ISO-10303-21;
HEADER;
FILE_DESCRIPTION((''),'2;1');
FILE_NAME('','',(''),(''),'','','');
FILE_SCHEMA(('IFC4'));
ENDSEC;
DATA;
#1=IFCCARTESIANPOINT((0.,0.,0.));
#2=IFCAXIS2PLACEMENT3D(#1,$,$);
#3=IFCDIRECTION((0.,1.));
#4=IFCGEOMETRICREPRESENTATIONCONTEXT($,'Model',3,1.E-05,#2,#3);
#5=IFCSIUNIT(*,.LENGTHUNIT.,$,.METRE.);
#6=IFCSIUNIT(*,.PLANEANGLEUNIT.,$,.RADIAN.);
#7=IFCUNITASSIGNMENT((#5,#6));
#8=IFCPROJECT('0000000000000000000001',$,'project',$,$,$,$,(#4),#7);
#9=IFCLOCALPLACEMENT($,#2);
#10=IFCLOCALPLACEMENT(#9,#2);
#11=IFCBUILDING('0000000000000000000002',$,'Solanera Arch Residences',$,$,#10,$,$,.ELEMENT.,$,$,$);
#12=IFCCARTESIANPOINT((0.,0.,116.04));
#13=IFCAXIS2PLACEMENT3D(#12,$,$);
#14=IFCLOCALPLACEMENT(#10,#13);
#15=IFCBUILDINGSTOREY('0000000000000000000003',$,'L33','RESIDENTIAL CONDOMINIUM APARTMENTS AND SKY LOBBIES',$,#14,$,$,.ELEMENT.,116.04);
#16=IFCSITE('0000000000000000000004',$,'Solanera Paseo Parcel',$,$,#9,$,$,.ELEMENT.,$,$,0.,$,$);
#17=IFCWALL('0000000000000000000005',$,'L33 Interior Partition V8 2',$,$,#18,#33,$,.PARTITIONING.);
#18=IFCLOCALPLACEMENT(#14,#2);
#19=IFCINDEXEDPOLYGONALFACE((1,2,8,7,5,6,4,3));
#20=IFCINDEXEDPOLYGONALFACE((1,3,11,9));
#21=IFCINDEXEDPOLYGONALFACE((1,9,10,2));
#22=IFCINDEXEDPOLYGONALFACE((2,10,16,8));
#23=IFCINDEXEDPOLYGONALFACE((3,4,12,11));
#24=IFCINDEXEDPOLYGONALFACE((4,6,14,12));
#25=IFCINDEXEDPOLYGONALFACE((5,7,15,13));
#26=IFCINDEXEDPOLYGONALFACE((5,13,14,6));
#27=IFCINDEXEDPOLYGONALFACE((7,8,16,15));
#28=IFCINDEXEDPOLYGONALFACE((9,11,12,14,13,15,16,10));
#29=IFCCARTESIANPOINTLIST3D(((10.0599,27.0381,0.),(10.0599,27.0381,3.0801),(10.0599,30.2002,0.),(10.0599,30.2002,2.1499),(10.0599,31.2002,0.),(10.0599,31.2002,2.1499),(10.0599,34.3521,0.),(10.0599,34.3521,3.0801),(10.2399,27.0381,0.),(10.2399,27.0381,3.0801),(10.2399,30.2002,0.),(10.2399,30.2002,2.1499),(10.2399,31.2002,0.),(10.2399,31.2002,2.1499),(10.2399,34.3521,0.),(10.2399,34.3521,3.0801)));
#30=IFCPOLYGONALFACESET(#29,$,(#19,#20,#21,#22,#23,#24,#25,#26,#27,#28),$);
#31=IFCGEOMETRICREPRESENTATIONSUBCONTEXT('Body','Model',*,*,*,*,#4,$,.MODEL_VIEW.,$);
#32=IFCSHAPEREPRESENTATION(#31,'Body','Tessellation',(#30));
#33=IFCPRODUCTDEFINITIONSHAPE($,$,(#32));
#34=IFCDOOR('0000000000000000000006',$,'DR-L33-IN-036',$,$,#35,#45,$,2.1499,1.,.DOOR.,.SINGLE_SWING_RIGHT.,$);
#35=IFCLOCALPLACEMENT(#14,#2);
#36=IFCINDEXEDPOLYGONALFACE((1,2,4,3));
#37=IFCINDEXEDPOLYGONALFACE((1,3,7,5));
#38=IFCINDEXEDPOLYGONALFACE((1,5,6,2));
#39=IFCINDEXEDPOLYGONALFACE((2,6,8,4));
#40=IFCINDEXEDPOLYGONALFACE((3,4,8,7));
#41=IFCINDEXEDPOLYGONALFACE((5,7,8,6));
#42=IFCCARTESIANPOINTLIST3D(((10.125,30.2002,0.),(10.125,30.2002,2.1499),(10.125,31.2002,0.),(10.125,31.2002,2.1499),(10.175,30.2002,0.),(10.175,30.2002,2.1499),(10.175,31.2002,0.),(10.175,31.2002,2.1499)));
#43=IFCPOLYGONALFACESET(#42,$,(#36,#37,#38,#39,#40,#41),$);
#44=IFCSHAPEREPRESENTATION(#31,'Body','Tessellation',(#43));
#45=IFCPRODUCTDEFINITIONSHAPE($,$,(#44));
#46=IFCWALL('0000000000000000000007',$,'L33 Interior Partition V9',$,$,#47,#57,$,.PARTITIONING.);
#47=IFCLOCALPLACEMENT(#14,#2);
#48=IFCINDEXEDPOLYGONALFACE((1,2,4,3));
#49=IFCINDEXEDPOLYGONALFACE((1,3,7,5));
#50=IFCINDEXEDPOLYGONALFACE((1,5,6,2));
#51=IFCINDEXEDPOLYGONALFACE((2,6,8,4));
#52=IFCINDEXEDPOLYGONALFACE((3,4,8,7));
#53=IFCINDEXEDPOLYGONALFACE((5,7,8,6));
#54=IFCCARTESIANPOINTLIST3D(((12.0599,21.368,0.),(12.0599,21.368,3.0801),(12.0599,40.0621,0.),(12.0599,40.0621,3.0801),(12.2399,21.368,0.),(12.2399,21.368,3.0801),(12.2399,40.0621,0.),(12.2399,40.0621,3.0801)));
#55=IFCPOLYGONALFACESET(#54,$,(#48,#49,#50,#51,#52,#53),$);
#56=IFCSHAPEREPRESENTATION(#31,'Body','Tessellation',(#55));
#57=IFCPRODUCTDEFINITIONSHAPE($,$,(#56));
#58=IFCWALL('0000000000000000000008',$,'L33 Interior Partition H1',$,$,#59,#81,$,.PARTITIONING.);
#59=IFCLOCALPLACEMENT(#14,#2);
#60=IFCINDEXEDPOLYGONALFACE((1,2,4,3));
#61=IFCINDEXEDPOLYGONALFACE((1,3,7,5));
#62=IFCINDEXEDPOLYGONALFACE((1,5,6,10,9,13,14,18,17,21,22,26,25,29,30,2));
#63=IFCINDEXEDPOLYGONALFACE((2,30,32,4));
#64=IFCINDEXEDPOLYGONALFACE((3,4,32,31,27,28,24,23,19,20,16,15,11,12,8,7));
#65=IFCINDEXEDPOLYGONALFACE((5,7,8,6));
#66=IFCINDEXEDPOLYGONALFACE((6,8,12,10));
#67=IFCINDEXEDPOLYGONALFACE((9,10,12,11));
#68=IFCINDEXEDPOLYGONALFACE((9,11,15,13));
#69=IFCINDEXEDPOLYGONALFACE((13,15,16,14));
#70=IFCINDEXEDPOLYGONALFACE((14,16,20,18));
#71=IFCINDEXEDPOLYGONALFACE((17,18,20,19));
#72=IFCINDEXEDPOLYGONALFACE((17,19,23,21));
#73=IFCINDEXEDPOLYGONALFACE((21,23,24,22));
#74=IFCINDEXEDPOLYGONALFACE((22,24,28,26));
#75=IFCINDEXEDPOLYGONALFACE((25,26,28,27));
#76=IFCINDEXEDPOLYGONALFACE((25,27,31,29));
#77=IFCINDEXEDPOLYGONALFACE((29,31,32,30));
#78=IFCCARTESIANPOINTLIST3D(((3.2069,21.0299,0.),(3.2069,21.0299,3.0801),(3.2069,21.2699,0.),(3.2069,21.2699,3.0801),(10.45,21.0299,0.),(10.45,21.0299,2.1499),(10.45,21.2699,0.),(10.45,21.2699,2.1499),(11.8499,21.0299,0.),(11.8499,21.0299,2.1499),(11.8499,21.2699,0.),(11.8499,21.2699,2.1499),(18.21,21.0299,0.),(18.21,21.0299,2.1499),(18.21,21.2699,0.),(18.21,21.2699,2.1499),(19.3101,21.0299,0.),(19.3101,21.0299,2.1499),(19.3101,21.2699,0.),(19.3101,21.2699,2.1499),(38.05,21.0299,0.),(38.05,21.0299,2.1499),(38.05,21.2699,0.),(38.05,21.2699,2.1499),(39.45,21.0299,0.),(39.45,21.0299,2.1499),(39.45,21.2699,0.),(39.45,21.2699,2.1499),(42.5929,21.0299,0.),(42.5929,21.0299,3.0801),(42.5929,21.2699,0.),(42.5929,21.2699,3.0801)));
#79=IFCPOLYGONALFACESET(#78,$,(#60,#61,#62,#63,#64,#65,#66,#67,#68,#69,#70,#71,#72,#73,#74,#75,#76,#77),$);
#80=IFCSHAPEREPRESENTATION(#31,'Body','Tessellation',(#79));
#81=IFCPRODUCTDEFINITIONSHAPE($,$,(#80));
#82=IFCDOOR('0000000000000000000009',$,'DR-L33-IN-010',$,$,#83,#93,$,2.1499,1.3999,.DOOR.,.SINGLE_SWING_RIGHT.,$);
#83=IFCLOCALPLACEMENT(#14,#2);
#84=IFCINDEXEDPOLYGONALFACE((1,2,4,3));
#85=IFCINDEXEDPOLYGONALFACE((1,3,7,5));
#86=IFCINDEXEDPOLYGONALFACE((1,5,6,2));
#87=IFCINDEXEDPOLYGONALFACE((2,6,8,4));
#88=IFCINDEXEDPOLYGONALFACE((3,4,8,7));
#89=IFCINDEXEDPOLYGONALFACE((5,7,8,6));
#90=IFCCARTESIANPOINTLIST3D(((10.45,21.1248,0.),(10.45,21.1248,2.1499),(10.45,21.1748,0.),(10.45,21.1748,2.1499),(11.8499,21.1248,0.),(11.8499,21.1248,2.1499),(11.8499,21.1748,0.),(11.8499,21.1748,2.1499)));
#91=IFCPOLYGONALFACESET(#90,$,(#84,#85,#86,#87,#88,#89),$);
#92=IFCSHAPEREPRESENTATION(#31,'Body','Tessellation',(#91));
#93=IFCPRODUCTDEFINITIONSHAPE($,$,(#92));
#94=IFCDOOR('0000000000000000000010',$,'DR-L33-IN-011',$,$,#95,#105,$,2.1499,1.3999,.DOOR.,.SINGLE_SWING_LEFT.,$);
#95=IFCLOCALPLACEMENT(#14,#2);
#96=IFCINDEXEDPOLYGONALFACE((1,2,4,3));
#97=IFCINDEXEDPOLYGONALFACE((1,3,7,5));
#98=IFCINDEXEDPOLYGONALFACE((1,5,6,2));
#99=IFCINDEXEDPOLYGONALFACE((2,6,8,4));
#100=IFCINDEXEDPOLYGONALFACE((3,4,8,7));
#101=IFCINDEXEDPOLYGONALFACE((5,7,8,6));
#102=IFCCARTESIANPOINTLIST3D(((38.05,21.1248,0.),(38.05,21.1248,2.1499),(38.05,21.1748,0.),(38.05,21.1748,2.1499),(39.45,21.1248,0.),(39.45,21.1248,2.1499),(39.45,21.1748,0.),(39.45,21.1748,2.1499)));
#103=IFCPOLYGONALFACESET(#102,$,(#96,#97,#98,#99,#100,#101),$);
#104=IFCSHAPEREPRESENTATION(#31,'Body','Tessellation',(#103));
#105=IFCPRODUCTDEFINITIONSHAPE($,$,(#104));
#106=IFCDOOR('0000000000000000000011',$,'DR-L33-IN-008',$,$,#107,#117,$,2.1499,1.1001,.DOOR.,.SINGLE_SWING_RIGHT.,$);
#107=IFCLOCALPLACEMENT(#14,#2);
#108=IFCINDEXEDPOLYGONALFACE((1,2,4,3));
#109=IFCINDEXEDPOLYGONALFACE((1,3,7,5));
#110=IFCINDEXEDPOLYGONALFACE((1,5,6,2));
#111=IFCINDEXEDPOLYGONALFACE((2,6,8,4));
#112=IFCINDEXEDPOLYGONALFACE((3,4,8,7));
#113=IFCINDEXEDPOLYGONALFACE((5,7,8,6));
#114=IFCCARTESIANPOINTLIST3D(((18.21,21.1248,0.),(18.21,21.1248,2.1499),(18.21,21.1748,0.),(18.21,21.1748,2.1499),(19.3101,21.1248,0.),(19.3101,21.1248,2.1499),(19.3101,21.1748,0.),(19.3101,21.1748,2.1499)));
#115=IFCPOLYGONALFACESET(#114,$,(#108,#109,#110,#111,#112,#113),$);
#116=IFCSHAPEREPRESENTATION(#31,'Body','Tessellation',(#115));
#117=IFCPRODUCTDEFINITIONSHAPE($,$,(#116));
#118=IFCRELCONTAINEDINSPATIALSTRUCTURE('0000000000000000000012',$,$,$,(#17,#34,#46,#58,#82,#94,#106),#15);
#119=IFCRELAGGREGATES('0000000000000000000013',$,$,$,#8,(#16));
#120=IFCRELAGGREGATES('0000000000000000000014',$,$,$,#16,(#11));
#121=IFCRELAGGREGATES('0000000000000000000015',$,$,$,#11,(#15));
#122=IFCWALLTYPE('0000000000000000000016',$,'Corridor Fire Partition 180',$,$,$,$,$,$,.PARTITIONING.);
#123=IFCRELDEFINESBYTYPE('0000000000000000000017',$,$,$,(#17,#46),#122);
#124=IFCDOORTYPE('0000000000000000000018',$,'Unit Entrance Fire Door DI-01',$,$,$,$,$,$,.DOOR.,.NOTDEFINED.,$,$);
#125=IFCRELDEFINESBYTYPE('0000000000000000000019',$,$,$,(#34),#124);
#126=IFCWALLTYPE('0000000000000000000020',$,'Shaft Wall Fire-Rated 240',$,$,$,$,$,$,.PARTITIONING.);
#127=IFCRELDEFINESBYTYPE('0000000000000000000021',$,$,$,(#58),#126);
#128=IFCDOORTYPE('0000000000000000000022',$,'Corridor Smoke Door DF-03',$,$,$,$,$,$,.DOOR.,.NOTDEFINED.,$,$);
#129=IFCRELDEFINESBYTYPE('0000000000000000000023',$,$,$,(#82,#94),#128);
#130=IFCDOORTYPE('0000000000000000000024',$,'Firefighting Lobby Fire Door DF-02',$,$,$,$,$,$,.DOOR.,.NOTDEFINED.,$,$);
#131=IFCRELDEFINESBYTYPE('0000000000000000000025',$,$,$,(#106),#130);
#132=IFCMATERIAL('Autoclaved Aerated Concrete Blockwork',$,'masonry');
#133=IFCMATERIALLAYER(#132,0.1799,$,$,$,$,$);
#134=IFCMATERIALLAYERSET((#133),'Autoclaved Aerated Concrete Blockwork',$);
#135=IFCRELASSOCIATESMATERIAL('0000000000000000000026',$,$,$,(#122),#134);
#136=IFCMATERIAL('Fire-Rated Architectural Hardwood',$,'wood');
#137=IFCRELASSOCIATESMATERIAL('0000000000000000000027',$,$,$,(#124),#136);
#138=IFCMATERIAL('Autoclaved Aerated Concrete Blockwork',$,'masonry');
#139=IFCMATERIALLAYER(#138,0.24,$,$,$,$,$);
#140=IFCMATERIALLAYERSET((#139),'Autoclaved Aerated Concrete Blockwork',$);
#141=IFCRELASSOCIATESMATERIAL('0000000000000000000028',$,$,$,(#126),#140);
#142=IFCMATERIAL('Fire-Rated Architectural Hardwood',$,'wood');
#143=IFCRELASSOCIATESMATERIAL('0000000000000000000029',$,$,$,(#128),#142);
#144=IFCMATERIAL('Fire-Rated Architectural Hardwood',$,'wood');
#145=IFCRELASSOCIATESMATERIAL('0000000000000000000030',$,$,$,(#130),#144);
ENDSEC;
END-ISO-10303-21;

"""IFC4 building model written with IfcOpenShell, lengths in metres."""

from ifc_helpers import new_model, si_unit, direction, frame, frame_2d, origin, place, context, subcontext, project, spatial, rectangle, extrude, material, layer, layer_set, type_object, element, fill, save


model = new_model("IFC4")

# Units and contexts
model_context = context("Model", 3, precision=1e-05, world=origin(), true_north=direction((0.0, 1.0)))
body_context = subcontext(model_context, "Body", "Model", "MODEL_VIEW")
ifc_project = project(units=[si_unit("LENGTHUNIT", "METRE"), si_unit("PLANEANGLEUNIT", "RADIAN")], contexts=[model_context])

# Site, building, storey
site_placement = place(None, origin())
site = spatial("IfcSite", under=ifc_project, at=site_placement, Name="Solanera Paseo Parcel", CompositionType="ELEMENT", RefElevation=0.0)
building_placement = place(site_placement, origin())
building = spatial("IfcBuilding", under=site, at=building_placement, Name="Solanera Arch Residences", CompositionType="ELEMENT")
storey_placement = place(building_placement, frame((0.0, 0.0, 116.04)))
storey = spatial("IfcBuildingStorey", under=building, at=storey_placement, Name="L33", Description="RESIDENTIAL CONDOMINIUM APARTMENTS AND SKY LOBBIES", CompositionType="ELEMENT", Elevation=116.04)

# Shared definitions
ifc_material_1 = material(Name="Autoclaved Aerated Concrete Blockwork", Category="masonry")
ifc_layer_1 = layer(ifc_material_1, 0.1799)
ifc_layer_set_1 = layer_set([ifc_layer_1], Name="Autoclaved Aerated Concrete Blockwork")
wall_type_1 = type_object("IfcWallType", Name="Corridor Fire Partition 180", PredefinedType="PARTITIONING", material=ifc_layer_set_1)

# Wall, opening, door
wall_1_placement = place(storey_placement, frame((10.1499, 27.0381, 0.0), z_axis=(0.0, 0.0, 1.0), x_axis=(0.0, 1.0, 0.0)))
wall_1 = element("IfcWall", 1, at=wall_1_placement, inside=storey, type_object=wall_type_1, Name="L33 Interior Partition V8 2", PredefinedType="PARTITIONING", context=body_context, shape_type="SweptSolid", body=[
    extrude(rectangle(XDim=7.314, YDim=0.1799, at=frame_2d((3.657, 0.0))), origin(), (0.0, 0.0, 1.0), 3.0801),
])
opening_1_placement = place(wall_1_placement, frame((3.1621, 0.0, 0.0)))
opening_1 = element("IfcOpeningElement", 2, at=opening_1_placement, cuts=wall_1, PredefinedType="OPENING", context=body_context, shape_type="SweptSolid", body=[
    extrude(rectangle(XDim=1.0, YDim=2.1499, at=frame_2d((0.5, 1.075))), frame((0.0, 0.1001, 0.0), z_axis=(0.0, -1.0, 0.0), x_axis=(1.0, 0.0, 0.0)), (0.0, 0.0, 1.0), 0.1999),
])
ifc_material_2 = material(Name="Fire-Rated Architectural Hardwood", Category="wood")
door_type_1 = type_object("IfcDoorType", Name="Unit Entrance Fire Door DI-01", OperationType="NOTDEFINED", PredefinedType="DOOR", material=ifc_material_2)
door_1_placement = place(opening_1_placement, origin())
door_1 = element("IfcDoor", 3, at=door_1_placement, inside=storey, type_object=door_type_1, Name="DR-L33-IN-036", OperationType="SINGLE_SWING_RIGHT", OverallHeight=2.1499, OverallWidth=1.0, PredefinedType="DOOR", context=body_context, shape_type="SweptSolid", body=[
    extrude(rectangle(XDim=1.0, YDim=2.1499, at=frame_2d((0.5, 1.075))), frame((0.0, 0.0249, 0.0), z_axis=(0.0, -1.0, 0.0), x_axis=(1.0, 0.0, 0.0)), (0.0, 0.0, 1.0), 0.05),
])
fill(opening_1, door_1)

# Wall
wall_2_placement = place(storey_placement, frame((12.1499, 21.3679, 0.0), z_axis=(0.0, 0.0, 1.0), x_axis=(0.0, 1.0, 0.0)))
element("IfcWall", 4, at=wall_2_placement, inside=storey, type_object=wall_type_1, Name="L33 Interior Partition V9", PredefinedType="PARTITIONING", context=body_context, shape_type="SweptSolid", body=[
    extrude(rectangle(XDim=18.6941, YDim=0.1799, at=frame_2d((9.3472, 0.0))), origin(), (0.0, 0.0, 1.0), 3.0801),
])

# Wall, openings, doors
ifc_material_3 = material(Name="Autoclaved Aerated Concrete Blockwork", Category="masonry")
ifc_layer_2 = layer(ifc_material_3, 0.24)
ifc_layer_set_2 = layer_set([ifc_layer_2], Name="Autoclaved Aerated Concrete Blockwork")
wall_type_2 = type_object("IfcWallType", Name="Shaft Wall Fire-Rated 240", PredefinedType="PARTITIONING", material=ifc_layer_set_2)
wall_3_placement = place(storey_placement, frame((3.207, 21.1499, 0.0), z_axis=(0.0, 0.0, 1.0), x_axis=(1.0, 0.0, 0.0)))
wall_3 = element("IfcWall", 5, at=wall_3_placement, inside=storey, type_object=wall_type_2, Name="L33 Interior Partition H1", PredefinedType="PARTITIONING", context=body_context, shape_type="SweptSolid", body=[
    extrude(rectangle(XDim=39.386, YDim=0.24, at=frame_2d((19.6929, 0.0))), origin(), (0.0, 0.0, 1.0), 3.0801),
])
opening_2_placement = place(wall_3_placement, frame((15.0029, 0.0, 0.0)))
opening_2 = element("IfcOpeningElement", 6, at=opening_2_placement, cuts=wall_3, PredefinedType="OPENING", context=body_context, shape_type="SweptSolid", body=[
    extrude(rectangle(XDim=1.1001, YDim=2.1499, at=frame_2d((0.55, 1.075))), frame((0.0, 0.1299, 0.0), z_axis=(0.0, -1.0, 0.0), x_axis=(1.0, 0.0, 0.0)), (0.0, 0.0, 1.0), 0.26),
])
opening_3_placement = place(wall_3_placement, frame((7.2429, 0.0, 0.0)))
opening_3 = element("IfcOpeningElement", 7, at=opening_3_placement, cuts=wall_3, PredefinedType="OPENING", context=body_context, shape_type="SweptSolid", body=[
    extrude(rectangle(XDim=1.3999, YDim=2.1499, at=frame_2d((0.7, 1.075))), frame((0.0, 0.1299, 0.0), z_axis=(0.0, -1.0, 0.0), x_axis=(1.0, 0.0, 0.0)), (0.0, 0.0, 1.0), 0.26),
])
opening_4_placement = place(wall_3_placement, frame((34.843, 0.0, 0.0)))
opening_4 = element("IfcOpeningElement", 8, at=opening_4_placement, cuts=wall_3, PredefinedType="OPENING", context=body_context, shape_type="SweptSolid", body=[
    extrude(rectangle(XDim=1.3999, YDim=2.1499, at=frame_2d((0.7, 1.075))), frame((0.0, 0.1299, 0.0), z_axis=(0.0, -1.0, 0.0), x_axis=(1.0, 0.0, 0.0)), (0.0, 0.0, 1.0), 0.26),
])
ifc_material_4 = material(Name="Fire-Rated Architectural Hardwood", Category="wood")
door_type_2 = type_object("IfcDoorType", Name="Corridor Smoke Door DF-03", OperationType="NOTDEFINED", PredefinedType="DOOR", material=ifc_material_4)
door_2_placement = place(opening_3_placement, origin())
door_2 = element("IfcDoor", 9, at=door_2_placement, inside=storey, type_object=door_type_2, Name="DR-L33-IN-010", OperationType="SINGLE_SWING_RIGHT", OverallHeight=2.1499, OverallWidth=1.3999, PredefinedType="DOOR", context=body_context, shape_type="SweptSolid", body=[
    extrude(rectangle(XDim=1.3999, YDim=2.1499, at=frame_2d((0.7, 1.075))), frame((0.0, 0.0249, 0.0), z_axis=(0.0, -1.0, 0.0), x_axis=(1.0, 0.0, 0.0)), (0.0, 0.0, 1.0), 0.05),
])
fill(opening_3, door_2)
door_3_placement = place(opening_4_placement, origin())
door_3 = element("IfcDoor", 10, at=door_3_placement, inside=storey, type_object=door_type_2, Name="DR-L33-IN-011", OperationType="SINGLE_SWING_LEFT", OverallHeight=2.1499, OverallWidth=1.3999, PredefinedType="DOOR", context=body_context, shape_type="SweptSolid", body=[
    extrude(rectangle(XDim=1.3999, YDim=2.1499, at=frame_2d((0.7, 1.075))), frame((0.0, 0.0249, 0.0), z_axis=(0.0, -1.0, 0.0), x_axis=(1.0, 0.0, 0.0)), (0.0, 0.0, 1.0), 0.05),
])
fill(opening_4, door_3)
ifc_material_5 = material(Name="Fire-Rated Architectural Hardwood", Category="wood")
door_type_3 = type_object("IfcDoorType", Name="Firefighting Lobby Fire Door DF-02", OperationType="NOTDEFINED", PredefinedType="DOOR", material=ifc_material_5)
door_4_placement = place(opening_2_placement, origin())
door_4 = element("IfcDoor", 11, at=door_4_placement, inside=storey, type_object=door_type_3, Name="DR-L33-IN-008", OperationType="SINGLE_SWING_RIGHT", OverallHeight=2.1499, OverallWidth=1.1001, PredefinedType="DOOR", context=body_context, shape_type="SweptSolid", body=[
    extrude(rectangle(XDim=1.1001, YDim=2.1499, at=frame_2d((0.55, 1.075))), frame((0.0, 0.0249, 0.0), z_axis=(0.0, -1.0, 0.0), x_axis=(1.0, 0.0, 0.0)), (0.0, 0.0, 1.0), 0.05),
])
fill(opening_2, door_4)

save(model, "model.ifc")
